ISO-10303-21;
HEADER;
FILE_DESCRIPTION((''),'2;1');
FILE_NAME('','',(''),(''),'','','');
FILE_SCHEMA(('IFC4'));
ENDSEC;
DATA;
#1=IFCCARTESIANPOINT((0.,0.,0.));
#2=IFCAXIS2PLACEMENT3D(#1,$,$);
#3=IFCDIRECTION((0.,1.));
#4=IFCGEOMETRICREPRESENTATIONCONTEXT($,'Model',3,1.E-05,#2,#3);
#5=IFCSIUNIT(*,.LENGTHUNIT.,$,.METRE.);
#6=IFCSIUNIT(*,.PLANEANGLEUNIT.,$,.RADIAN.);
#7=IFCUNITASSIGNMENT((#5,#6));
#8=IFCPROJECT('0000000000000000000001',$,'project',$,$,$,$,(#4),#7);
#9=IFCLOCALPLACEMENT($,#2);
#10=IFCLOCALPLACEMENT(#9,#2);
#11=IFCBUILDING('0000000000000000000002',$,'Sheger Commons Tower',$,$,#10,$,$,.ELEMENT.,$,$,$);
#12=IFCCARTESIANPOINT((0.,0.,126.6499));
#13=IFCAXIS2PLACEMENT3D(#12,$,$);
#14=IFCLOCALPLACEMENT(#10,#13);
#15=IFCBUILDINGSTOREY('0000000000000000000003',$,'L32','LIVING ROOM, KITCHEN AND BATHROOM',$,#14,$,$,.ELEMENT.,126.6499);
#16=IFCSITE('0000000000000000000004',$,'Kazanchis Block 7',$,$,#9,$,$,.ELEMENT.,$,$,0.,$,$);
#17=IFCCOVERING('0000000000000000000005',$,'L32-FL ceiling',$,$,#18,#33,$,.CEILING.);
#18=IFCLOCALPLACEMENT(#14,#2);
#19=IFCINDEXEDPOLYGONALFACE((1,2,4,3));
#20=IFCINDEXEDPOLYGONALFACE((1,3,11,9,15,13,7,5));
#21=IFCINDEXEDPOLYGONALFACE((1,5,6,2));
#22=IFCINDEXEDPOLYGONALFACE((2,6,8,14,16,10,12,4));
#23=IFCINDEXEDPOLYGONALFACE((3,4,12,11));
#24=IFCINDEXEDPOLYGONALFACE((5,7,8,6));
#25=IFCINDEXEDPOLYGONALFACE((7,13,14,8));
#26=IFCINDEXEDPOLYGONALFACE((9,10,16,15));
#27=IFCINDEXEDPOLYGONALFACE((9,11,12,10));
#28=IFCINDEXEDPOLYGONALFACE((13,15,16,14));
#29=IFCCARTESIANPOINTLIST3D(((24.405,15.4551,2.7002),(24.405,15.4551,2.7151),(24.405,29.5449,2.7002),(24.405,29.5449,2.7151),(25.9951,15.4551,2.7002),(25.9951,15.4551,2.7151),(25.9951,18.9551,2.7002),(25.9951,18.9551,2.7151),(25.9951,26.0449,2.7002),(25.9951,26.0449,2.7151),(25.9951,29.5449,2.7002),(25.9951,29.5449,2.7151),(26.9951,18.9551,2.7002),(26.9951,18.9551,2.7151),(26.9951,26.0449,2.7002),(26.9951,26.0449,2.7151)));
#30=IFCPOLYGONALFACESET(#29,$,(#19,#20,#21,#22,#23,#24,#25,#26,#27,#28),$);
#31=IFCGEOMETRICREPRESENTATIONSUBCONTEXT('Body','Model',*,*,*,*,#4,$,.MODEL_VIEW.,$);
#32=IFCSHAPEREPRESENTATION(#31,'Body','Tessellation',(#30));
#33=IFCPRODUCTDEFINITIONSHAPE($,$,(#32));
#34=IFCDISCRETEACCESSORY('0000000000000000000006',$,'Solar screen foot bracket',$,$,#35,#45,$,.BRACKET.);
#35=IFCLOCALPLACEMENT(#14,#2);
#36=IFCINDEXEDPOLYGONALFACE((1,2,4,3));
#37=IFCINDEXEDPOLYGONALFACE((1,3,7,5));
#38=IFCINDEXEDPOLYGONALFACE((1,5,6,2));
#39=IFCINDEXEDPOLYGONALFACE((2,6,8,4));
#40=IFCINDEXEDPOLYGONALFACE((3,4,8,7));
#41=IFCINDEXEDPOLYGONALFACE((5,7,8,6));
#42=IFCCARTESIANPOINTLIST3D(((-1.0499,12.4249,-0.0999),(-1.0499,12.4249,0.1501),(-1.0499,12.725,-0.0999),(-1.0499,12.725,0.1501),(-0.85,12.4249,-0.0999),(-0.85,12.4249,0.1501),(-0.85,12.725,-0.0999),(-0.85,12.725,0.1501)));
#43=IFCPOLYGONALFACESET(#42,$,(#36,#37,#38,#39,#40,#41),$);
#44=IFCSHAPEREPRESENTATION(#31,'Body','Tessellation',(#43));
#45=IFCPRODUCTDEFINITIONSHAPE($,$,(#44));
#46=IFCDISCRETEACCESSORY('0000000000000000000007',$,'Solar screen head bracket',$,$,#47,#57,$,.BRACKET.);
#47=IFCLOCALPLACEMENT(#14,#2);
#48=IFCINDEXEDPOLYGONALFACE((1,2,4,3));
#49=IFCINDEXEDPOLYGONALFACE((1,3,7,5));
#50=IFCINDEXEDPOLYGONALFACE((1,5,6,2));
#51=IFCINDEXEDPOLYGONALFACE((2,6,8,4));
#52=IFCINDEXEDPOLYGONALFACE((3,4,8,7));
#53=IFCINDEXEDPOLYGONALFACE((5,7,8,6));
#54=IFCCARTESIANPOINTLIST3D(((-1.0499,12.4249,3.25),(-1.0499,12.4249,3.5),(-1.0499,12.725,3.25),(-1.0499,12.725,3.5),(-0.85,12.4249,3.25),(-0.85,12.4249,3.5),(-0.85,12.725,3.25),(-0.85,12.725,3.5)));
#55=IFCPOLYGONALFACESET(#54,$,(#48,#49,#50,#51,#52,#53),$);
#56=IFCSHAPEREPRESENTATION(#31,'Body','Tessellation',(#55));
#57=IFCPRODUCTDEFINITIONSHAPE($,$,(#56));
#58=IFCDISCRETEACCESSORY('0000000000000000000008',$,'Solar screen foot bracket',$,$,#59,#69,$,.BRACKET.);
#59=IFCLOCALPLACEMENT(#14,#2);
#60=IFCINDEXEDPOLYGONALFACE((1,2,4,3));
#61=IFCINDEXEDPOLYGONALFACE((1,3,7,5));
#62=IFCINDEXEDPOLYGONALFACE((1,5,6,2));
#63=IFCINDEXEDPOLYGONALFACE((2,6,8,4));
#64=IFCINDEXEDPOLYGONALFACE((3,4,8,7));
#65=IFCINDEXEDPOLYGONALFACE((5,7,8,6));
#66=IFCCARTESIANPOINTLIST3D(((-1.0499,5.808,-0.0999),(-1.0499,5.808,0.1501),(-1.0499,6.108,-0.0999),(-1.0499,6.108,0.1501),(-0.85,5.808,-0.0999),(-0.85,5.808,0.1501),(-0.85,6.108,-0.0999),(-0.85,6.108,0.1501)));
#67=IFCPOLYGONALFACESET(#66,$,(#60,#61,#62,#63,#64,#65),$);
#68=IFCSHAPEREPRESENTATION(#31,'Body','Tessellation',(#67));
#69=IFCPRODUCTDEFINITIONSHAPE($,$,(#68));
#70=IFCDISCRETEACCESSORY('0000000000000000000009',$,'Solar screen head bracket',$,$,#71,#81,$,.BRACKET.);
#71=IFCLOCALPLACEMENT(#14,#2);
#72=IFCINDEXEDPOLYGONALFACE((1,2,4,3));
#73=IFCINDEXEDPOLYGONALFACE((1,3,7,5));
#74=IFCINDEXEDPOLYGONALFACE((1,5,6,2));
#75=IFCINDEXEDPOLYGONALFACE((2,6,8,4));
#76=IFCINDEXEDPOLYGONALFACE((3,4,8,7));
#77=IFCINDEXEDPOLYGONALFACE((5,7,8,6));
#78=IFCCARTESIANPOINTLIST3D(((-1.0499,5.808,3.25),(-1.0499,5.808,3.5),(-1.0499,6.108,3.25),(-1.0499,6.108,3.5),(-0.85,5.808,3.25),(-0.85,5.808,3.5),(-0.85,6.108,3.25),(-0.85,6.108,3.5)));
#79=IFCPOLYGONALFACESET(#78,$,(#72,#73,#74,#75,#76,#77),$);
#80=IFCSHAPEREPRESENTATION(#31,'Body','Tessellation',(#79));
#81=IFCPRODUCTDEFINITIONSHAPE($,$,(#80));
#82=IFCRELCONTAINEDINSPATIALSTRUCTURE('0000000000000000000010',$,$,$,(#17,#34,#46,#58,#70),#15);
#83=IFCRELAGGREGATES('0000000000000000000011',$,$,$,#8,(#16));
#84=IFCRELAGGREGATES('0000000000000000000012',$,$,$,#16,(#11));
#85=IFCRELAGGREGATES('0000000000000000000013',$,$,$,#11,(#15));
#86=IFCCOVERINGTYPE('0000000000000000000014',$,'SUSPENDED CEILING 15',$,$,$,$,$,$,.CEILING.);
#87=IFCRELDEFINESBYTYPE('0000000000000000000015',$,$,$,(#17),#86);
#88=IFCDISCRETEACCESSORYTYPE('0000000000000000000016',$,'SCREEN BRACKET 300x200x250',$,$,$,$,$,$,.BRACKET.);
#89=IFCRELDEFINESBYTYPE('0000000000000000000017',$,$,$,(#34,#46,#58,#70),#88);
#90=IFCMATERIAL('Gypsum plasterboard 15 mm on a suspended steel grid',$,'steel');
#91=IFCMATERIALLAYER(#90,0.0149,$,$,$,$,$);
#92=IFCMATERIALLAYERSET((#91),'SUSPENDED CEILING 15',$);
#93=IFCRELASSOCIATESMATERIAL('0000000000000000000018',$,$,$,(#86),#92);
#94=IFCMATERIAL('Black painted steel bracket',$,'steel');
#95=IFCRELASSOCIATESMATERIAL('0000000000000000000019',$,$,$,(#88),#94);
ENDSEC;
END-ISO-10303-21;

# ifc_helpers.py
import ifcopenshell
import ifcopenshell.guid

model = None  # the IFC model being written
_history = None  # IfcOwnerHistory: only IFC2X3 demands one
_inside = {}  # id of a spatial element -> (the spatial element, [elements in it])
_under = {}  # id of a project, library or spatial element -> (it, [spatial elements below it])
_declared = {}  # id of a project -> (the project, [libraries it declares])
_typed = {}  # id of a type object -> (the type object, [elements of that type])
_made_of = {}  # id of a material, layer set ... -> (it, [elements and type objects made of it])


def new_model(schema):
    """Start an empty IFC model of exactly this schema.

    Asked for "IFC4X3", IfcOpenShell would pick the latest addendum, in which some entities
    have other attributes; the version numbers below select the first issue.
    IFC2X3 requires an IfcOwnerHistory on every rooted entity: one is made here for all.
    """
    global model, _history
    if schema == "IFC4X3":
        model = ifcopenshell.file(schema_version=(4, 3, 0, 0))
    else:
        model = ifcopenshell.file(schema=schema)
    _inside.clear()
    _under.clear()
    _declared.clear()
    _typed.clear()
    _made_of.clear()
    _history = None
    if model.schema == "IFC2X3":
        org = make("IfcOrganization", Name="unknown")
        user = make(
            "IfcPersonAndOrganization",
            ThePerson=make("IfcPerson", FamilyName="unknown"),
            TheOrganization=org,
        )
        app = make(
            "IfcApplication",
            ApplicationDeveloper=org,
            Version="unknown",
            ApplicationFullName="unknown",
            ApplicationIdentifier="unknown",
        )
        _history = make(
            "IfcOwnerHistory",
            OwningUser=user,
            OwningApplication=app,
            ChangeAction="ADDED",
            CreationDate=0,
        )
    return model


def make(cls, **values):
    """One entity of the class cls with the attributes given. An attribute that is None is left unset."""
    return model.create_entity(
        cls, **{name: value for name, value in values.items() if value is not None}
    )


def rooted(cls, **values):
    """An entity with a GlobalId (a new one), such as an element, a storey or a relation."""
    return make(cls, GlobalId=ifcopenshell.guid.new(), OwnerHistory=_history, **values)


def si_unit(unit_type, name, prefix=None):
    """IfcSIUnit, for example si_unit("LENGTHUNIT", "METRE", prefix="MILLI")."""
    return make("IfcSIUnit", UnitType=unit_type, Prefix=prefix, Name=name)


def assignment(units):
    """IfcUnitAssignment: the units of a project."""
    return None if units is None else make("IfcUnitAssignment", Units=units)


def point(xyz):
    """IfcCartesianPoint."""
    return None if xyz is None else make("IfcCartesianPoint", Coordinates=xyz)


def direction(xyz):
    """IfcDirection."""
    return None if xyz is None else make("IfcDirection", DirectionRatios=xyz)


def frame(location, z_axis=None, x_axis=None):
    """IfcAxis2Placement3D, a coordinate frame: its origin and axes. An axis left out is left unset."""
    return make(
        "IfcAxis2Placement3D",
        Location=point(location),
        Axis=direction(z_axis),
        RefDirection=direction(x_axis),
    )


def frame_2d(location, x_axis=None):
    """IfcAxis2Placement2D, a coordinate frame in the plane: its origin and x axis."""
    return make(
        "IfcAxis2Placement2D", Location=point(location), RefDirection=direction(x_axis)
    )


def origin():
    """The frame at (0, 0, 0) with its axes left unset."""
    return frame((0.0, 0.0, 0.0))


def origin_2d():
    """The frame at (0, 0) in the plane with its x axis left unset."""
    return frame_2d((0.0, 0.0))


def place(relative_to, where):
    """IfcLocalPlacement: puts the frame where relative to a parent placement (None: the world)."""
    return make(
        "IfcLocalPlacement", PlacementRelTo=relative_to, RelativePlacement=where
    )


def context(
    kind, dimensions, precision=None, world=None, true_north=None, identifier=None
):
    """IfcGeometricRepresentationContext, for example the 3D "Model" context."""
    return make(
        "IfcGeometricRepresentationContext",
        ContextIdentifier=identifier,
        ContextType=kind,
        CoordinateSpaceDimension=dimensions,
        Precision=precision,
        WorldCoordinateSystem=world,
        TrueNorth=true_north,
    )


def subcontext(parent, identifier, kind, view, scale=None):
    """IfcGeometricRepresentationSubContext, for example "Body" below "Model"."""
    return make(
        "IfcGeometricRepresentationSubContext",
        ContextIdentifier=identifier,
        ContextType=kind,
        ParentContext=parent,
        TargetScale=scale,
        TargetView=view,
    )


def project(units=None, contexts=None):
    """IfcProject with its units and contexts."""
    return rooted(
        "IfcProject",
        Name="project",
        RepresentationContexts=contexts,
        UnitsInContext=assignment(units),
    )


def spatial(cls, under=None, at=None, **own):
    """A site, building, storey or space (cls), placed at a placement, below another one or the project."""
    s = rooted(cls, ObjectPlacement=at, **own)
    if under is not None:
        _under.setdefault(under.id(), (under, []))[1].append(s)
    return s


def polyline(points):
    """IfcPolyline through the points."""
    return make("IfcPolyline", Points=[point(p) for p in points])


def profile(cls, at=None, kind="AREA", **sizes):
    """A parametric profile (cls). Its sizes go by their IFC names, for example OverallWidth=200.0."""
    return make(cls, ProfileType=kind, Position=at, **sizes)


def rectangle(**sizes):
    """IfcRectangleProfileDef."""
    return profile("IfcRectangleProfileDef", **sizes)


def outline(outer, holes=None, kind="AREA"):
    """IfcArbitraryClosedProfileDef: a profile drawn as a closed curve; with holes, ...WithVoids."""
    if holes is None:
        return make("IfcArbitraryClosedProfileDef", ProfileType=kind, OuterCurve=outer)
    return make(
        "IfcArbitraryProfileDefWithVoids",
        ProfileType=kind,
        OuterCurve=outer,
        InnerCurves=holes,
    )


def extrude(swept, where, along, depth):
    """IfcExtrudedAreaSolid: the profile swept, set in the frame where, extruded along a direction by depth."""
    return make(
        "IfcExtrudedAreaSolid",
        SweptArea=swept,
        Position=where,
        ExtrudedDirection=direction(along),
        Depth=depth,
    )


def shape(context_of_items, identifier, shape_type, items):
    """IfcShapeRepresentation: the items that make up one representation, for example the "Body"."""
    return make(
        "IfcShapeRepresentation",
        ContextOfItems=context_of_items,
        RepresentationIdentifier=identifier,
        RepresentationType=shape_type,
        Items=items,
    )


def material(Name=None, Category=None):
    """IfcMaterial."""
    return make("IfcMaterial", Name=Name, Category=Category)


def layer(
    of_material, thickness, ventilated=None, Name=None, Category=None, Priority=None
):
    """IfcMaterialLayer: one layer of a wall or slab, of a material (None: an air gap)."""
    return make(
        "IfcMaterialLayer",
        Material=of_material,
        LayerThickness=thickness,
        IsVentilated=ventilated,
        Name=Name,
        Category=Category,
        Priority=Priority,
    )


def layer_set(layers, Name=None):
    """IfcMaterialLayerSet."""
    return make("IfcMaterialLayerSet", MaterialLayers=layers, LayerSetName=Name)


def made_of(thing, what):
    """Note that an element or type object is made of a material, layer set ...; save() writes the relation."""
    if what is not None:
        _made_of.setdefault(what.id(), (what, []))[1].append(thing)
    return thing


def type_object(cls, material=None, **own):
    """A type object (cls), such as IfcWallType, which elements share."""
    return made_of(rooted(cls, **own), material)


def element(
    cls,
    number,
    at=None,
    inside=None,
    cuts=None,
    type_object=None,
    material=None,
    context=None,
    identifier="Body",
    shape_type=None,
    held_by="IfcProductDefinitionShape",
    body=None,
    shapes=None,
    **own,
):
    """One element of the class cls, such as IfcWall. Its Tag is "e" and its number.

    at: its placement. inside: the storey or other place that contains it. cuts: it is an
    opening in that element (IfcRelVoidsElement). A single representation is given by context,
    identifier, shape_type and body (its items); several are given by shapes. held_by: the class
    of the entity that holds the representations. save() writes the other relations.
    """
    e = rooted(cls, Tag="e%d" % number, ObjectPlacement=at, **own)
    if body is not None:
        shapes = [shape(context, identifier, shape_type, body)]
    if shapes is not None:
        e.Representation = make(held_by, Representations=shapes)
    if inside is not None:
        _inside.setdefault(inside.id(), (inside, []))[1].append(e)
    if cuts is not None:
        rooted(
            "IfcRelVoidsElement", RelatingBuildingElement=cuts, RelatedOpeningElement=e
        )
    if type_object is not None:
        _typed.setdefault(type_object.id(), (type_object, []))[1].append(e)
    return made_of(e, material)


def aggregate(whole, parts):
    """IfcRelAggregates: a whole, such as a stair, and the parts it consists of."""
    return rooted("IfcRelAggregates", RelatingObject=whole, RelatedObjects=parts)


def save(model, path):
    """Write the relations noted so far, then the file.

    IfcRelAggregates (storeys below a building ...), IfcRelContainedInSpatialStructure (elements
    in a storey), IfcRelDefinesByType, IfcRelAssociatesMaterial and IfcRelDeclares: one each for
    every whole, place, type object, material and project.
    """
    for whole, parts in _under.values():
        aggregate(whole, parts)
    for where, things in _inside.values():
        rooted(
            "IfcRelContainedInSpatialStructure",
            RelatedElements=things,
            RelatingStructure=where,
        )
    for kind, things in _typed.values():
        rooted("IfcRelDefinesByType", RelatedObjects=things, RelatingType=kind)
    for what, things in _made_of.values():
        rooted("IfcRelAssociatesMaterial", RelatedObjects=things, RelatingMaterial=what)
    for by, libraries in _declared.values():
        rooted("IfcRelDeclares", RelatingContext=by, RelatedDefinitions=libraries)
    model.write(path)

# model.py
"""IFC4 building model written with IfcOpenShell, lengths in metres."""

from ifc_helpers import new_model, si_unit, direction, frame, origin, origin_2d, place, context, subcontext, project, spatial, polyline, rectangle, outline, extrude, material, layer, layer_set, type_object, element, save


model = new_model("IFC4")

# Units and contexts
model_context = context("Model", 3, precision=1e-05, world=origin(), true_north=direction((0.0, 1.0)))
body_context = subcontext(model_context, "Body", "Model", "MODEL_VIEW")
ifc_project = project(units=[si_unit("LENGTHUNIT", "METRE"), si_unit("PLANEANGLEUNIT", "RADIAN")], contexts=[model_context])

# Site, building, storey
site_placement = place(None, origin())
site = spatial("IfcSite", under=ifc_project, at=site_placement, Name="Kazanchis Block 7", CompositionType="ELEMENT", RefElevation=0.0)
building_placement = place(site_placement, origin())
building = spatial("IfcBuilding", under=site, at=building_placement, Name="Sheger Commons Tower", CompositionType="ELEMENT")
storey_placement = place(building_placement, frame((0.0, 0.0, 126.6499)))
storey = spatial("IfcBuildingStorey", under=building, at=storey_placement, Name="L32", Description="LIVING ROOM, KITCHEN AND BATHROOM", CompositionType="ELEMENT", Elevation=126.6499)

# Covering
ifc_material_1 = material(Name="Gypsum plasterboard 15 mm on a suspended steel grid", Category="steel")
ifc_layer_1 = layer(ifc_material_1, 0.0149)
ifc_layer_set_1 = layer_set([ifc_layer_1], Name="SUSPENDED CEILING 15")
covering_type_1 = type_object("IfcCoveringType", Name="SUSPENDED CEILING 15", PredefinedType="CEILING", material=ifc_layer_set_1)
covering_1_placement = place(storey_placement, frame((0.0, 0.0, 2.7002)))
element("IfcCovering", 1, at=covering_1_placement, inside=storey, type_object=covering_type_1, Name="L32-FL ceiling", PredefinedType="CEILING", context=body_context, shape_type="SweptSolid", body=[
    extrude(outline(polyline([(24.405, 15.4551), (25.9951, 15.4551), (25.9951, 18.9551), (26.9951, 18.9551), (26.9951, 26.0449), (25.9951, 26.0449), (25.9951, 29.5449), (24.405, 29.5449), (24.405, 15.4551)])), origin(), (0.0, 0.0, 1.0), 0.0149),
])

# Discrete accessories
ifc_material_2 = material(Name="Black painted steel bracket", Category="steel")
discrete_accessory_type = type_object("IfcDiscreteAccessoryType", Name="SCREEN BRACKET 300x200x250", PredefinedType="BRACKET", material=ifc_material_2)
for number, where, z_axis, x_axis, name in (
    (2, (-0.95, 12.575, -0.0999), (0.0, 0.0, 1.0), (0.0, -1.0, 0.0), "Solar screen foot bracket"),
    (3, (-0.95, 12.575, 3.25), (0.0, 0.0, 1.0), (0.0, -1.0, 0.0), "Solar screen head bracket"),
    (4, (-0.95, 5.958, -0.0999), (0.0, 0.0, 1.0), (0.0, -1.0, 0.0), "Solar screen foot bracket"),
    (5, (-0.95, 5.958, 3.25), (0.0, 0.0, 1.0), (0.0, -1.0, 0.0), "Solar screen head bracket"),
):
    element("IfcDiscreteAccessory", number, at=place(storey_placement, frame(where, z_axis=z_axis, x_axis=x_axis)), inside=storey, type_object=discrete_accessory_type, Name=name, PredefinedType="BRACKET", context=body_context, shape_type="SweptSolid", body=[
        extrude(rectangle(XDim=0.3, YDim=0.2, at=origin_2d()), origin(), (0.0, 0.0, 1.0), 0.25),
    ])

save(model, "model.ifc")
